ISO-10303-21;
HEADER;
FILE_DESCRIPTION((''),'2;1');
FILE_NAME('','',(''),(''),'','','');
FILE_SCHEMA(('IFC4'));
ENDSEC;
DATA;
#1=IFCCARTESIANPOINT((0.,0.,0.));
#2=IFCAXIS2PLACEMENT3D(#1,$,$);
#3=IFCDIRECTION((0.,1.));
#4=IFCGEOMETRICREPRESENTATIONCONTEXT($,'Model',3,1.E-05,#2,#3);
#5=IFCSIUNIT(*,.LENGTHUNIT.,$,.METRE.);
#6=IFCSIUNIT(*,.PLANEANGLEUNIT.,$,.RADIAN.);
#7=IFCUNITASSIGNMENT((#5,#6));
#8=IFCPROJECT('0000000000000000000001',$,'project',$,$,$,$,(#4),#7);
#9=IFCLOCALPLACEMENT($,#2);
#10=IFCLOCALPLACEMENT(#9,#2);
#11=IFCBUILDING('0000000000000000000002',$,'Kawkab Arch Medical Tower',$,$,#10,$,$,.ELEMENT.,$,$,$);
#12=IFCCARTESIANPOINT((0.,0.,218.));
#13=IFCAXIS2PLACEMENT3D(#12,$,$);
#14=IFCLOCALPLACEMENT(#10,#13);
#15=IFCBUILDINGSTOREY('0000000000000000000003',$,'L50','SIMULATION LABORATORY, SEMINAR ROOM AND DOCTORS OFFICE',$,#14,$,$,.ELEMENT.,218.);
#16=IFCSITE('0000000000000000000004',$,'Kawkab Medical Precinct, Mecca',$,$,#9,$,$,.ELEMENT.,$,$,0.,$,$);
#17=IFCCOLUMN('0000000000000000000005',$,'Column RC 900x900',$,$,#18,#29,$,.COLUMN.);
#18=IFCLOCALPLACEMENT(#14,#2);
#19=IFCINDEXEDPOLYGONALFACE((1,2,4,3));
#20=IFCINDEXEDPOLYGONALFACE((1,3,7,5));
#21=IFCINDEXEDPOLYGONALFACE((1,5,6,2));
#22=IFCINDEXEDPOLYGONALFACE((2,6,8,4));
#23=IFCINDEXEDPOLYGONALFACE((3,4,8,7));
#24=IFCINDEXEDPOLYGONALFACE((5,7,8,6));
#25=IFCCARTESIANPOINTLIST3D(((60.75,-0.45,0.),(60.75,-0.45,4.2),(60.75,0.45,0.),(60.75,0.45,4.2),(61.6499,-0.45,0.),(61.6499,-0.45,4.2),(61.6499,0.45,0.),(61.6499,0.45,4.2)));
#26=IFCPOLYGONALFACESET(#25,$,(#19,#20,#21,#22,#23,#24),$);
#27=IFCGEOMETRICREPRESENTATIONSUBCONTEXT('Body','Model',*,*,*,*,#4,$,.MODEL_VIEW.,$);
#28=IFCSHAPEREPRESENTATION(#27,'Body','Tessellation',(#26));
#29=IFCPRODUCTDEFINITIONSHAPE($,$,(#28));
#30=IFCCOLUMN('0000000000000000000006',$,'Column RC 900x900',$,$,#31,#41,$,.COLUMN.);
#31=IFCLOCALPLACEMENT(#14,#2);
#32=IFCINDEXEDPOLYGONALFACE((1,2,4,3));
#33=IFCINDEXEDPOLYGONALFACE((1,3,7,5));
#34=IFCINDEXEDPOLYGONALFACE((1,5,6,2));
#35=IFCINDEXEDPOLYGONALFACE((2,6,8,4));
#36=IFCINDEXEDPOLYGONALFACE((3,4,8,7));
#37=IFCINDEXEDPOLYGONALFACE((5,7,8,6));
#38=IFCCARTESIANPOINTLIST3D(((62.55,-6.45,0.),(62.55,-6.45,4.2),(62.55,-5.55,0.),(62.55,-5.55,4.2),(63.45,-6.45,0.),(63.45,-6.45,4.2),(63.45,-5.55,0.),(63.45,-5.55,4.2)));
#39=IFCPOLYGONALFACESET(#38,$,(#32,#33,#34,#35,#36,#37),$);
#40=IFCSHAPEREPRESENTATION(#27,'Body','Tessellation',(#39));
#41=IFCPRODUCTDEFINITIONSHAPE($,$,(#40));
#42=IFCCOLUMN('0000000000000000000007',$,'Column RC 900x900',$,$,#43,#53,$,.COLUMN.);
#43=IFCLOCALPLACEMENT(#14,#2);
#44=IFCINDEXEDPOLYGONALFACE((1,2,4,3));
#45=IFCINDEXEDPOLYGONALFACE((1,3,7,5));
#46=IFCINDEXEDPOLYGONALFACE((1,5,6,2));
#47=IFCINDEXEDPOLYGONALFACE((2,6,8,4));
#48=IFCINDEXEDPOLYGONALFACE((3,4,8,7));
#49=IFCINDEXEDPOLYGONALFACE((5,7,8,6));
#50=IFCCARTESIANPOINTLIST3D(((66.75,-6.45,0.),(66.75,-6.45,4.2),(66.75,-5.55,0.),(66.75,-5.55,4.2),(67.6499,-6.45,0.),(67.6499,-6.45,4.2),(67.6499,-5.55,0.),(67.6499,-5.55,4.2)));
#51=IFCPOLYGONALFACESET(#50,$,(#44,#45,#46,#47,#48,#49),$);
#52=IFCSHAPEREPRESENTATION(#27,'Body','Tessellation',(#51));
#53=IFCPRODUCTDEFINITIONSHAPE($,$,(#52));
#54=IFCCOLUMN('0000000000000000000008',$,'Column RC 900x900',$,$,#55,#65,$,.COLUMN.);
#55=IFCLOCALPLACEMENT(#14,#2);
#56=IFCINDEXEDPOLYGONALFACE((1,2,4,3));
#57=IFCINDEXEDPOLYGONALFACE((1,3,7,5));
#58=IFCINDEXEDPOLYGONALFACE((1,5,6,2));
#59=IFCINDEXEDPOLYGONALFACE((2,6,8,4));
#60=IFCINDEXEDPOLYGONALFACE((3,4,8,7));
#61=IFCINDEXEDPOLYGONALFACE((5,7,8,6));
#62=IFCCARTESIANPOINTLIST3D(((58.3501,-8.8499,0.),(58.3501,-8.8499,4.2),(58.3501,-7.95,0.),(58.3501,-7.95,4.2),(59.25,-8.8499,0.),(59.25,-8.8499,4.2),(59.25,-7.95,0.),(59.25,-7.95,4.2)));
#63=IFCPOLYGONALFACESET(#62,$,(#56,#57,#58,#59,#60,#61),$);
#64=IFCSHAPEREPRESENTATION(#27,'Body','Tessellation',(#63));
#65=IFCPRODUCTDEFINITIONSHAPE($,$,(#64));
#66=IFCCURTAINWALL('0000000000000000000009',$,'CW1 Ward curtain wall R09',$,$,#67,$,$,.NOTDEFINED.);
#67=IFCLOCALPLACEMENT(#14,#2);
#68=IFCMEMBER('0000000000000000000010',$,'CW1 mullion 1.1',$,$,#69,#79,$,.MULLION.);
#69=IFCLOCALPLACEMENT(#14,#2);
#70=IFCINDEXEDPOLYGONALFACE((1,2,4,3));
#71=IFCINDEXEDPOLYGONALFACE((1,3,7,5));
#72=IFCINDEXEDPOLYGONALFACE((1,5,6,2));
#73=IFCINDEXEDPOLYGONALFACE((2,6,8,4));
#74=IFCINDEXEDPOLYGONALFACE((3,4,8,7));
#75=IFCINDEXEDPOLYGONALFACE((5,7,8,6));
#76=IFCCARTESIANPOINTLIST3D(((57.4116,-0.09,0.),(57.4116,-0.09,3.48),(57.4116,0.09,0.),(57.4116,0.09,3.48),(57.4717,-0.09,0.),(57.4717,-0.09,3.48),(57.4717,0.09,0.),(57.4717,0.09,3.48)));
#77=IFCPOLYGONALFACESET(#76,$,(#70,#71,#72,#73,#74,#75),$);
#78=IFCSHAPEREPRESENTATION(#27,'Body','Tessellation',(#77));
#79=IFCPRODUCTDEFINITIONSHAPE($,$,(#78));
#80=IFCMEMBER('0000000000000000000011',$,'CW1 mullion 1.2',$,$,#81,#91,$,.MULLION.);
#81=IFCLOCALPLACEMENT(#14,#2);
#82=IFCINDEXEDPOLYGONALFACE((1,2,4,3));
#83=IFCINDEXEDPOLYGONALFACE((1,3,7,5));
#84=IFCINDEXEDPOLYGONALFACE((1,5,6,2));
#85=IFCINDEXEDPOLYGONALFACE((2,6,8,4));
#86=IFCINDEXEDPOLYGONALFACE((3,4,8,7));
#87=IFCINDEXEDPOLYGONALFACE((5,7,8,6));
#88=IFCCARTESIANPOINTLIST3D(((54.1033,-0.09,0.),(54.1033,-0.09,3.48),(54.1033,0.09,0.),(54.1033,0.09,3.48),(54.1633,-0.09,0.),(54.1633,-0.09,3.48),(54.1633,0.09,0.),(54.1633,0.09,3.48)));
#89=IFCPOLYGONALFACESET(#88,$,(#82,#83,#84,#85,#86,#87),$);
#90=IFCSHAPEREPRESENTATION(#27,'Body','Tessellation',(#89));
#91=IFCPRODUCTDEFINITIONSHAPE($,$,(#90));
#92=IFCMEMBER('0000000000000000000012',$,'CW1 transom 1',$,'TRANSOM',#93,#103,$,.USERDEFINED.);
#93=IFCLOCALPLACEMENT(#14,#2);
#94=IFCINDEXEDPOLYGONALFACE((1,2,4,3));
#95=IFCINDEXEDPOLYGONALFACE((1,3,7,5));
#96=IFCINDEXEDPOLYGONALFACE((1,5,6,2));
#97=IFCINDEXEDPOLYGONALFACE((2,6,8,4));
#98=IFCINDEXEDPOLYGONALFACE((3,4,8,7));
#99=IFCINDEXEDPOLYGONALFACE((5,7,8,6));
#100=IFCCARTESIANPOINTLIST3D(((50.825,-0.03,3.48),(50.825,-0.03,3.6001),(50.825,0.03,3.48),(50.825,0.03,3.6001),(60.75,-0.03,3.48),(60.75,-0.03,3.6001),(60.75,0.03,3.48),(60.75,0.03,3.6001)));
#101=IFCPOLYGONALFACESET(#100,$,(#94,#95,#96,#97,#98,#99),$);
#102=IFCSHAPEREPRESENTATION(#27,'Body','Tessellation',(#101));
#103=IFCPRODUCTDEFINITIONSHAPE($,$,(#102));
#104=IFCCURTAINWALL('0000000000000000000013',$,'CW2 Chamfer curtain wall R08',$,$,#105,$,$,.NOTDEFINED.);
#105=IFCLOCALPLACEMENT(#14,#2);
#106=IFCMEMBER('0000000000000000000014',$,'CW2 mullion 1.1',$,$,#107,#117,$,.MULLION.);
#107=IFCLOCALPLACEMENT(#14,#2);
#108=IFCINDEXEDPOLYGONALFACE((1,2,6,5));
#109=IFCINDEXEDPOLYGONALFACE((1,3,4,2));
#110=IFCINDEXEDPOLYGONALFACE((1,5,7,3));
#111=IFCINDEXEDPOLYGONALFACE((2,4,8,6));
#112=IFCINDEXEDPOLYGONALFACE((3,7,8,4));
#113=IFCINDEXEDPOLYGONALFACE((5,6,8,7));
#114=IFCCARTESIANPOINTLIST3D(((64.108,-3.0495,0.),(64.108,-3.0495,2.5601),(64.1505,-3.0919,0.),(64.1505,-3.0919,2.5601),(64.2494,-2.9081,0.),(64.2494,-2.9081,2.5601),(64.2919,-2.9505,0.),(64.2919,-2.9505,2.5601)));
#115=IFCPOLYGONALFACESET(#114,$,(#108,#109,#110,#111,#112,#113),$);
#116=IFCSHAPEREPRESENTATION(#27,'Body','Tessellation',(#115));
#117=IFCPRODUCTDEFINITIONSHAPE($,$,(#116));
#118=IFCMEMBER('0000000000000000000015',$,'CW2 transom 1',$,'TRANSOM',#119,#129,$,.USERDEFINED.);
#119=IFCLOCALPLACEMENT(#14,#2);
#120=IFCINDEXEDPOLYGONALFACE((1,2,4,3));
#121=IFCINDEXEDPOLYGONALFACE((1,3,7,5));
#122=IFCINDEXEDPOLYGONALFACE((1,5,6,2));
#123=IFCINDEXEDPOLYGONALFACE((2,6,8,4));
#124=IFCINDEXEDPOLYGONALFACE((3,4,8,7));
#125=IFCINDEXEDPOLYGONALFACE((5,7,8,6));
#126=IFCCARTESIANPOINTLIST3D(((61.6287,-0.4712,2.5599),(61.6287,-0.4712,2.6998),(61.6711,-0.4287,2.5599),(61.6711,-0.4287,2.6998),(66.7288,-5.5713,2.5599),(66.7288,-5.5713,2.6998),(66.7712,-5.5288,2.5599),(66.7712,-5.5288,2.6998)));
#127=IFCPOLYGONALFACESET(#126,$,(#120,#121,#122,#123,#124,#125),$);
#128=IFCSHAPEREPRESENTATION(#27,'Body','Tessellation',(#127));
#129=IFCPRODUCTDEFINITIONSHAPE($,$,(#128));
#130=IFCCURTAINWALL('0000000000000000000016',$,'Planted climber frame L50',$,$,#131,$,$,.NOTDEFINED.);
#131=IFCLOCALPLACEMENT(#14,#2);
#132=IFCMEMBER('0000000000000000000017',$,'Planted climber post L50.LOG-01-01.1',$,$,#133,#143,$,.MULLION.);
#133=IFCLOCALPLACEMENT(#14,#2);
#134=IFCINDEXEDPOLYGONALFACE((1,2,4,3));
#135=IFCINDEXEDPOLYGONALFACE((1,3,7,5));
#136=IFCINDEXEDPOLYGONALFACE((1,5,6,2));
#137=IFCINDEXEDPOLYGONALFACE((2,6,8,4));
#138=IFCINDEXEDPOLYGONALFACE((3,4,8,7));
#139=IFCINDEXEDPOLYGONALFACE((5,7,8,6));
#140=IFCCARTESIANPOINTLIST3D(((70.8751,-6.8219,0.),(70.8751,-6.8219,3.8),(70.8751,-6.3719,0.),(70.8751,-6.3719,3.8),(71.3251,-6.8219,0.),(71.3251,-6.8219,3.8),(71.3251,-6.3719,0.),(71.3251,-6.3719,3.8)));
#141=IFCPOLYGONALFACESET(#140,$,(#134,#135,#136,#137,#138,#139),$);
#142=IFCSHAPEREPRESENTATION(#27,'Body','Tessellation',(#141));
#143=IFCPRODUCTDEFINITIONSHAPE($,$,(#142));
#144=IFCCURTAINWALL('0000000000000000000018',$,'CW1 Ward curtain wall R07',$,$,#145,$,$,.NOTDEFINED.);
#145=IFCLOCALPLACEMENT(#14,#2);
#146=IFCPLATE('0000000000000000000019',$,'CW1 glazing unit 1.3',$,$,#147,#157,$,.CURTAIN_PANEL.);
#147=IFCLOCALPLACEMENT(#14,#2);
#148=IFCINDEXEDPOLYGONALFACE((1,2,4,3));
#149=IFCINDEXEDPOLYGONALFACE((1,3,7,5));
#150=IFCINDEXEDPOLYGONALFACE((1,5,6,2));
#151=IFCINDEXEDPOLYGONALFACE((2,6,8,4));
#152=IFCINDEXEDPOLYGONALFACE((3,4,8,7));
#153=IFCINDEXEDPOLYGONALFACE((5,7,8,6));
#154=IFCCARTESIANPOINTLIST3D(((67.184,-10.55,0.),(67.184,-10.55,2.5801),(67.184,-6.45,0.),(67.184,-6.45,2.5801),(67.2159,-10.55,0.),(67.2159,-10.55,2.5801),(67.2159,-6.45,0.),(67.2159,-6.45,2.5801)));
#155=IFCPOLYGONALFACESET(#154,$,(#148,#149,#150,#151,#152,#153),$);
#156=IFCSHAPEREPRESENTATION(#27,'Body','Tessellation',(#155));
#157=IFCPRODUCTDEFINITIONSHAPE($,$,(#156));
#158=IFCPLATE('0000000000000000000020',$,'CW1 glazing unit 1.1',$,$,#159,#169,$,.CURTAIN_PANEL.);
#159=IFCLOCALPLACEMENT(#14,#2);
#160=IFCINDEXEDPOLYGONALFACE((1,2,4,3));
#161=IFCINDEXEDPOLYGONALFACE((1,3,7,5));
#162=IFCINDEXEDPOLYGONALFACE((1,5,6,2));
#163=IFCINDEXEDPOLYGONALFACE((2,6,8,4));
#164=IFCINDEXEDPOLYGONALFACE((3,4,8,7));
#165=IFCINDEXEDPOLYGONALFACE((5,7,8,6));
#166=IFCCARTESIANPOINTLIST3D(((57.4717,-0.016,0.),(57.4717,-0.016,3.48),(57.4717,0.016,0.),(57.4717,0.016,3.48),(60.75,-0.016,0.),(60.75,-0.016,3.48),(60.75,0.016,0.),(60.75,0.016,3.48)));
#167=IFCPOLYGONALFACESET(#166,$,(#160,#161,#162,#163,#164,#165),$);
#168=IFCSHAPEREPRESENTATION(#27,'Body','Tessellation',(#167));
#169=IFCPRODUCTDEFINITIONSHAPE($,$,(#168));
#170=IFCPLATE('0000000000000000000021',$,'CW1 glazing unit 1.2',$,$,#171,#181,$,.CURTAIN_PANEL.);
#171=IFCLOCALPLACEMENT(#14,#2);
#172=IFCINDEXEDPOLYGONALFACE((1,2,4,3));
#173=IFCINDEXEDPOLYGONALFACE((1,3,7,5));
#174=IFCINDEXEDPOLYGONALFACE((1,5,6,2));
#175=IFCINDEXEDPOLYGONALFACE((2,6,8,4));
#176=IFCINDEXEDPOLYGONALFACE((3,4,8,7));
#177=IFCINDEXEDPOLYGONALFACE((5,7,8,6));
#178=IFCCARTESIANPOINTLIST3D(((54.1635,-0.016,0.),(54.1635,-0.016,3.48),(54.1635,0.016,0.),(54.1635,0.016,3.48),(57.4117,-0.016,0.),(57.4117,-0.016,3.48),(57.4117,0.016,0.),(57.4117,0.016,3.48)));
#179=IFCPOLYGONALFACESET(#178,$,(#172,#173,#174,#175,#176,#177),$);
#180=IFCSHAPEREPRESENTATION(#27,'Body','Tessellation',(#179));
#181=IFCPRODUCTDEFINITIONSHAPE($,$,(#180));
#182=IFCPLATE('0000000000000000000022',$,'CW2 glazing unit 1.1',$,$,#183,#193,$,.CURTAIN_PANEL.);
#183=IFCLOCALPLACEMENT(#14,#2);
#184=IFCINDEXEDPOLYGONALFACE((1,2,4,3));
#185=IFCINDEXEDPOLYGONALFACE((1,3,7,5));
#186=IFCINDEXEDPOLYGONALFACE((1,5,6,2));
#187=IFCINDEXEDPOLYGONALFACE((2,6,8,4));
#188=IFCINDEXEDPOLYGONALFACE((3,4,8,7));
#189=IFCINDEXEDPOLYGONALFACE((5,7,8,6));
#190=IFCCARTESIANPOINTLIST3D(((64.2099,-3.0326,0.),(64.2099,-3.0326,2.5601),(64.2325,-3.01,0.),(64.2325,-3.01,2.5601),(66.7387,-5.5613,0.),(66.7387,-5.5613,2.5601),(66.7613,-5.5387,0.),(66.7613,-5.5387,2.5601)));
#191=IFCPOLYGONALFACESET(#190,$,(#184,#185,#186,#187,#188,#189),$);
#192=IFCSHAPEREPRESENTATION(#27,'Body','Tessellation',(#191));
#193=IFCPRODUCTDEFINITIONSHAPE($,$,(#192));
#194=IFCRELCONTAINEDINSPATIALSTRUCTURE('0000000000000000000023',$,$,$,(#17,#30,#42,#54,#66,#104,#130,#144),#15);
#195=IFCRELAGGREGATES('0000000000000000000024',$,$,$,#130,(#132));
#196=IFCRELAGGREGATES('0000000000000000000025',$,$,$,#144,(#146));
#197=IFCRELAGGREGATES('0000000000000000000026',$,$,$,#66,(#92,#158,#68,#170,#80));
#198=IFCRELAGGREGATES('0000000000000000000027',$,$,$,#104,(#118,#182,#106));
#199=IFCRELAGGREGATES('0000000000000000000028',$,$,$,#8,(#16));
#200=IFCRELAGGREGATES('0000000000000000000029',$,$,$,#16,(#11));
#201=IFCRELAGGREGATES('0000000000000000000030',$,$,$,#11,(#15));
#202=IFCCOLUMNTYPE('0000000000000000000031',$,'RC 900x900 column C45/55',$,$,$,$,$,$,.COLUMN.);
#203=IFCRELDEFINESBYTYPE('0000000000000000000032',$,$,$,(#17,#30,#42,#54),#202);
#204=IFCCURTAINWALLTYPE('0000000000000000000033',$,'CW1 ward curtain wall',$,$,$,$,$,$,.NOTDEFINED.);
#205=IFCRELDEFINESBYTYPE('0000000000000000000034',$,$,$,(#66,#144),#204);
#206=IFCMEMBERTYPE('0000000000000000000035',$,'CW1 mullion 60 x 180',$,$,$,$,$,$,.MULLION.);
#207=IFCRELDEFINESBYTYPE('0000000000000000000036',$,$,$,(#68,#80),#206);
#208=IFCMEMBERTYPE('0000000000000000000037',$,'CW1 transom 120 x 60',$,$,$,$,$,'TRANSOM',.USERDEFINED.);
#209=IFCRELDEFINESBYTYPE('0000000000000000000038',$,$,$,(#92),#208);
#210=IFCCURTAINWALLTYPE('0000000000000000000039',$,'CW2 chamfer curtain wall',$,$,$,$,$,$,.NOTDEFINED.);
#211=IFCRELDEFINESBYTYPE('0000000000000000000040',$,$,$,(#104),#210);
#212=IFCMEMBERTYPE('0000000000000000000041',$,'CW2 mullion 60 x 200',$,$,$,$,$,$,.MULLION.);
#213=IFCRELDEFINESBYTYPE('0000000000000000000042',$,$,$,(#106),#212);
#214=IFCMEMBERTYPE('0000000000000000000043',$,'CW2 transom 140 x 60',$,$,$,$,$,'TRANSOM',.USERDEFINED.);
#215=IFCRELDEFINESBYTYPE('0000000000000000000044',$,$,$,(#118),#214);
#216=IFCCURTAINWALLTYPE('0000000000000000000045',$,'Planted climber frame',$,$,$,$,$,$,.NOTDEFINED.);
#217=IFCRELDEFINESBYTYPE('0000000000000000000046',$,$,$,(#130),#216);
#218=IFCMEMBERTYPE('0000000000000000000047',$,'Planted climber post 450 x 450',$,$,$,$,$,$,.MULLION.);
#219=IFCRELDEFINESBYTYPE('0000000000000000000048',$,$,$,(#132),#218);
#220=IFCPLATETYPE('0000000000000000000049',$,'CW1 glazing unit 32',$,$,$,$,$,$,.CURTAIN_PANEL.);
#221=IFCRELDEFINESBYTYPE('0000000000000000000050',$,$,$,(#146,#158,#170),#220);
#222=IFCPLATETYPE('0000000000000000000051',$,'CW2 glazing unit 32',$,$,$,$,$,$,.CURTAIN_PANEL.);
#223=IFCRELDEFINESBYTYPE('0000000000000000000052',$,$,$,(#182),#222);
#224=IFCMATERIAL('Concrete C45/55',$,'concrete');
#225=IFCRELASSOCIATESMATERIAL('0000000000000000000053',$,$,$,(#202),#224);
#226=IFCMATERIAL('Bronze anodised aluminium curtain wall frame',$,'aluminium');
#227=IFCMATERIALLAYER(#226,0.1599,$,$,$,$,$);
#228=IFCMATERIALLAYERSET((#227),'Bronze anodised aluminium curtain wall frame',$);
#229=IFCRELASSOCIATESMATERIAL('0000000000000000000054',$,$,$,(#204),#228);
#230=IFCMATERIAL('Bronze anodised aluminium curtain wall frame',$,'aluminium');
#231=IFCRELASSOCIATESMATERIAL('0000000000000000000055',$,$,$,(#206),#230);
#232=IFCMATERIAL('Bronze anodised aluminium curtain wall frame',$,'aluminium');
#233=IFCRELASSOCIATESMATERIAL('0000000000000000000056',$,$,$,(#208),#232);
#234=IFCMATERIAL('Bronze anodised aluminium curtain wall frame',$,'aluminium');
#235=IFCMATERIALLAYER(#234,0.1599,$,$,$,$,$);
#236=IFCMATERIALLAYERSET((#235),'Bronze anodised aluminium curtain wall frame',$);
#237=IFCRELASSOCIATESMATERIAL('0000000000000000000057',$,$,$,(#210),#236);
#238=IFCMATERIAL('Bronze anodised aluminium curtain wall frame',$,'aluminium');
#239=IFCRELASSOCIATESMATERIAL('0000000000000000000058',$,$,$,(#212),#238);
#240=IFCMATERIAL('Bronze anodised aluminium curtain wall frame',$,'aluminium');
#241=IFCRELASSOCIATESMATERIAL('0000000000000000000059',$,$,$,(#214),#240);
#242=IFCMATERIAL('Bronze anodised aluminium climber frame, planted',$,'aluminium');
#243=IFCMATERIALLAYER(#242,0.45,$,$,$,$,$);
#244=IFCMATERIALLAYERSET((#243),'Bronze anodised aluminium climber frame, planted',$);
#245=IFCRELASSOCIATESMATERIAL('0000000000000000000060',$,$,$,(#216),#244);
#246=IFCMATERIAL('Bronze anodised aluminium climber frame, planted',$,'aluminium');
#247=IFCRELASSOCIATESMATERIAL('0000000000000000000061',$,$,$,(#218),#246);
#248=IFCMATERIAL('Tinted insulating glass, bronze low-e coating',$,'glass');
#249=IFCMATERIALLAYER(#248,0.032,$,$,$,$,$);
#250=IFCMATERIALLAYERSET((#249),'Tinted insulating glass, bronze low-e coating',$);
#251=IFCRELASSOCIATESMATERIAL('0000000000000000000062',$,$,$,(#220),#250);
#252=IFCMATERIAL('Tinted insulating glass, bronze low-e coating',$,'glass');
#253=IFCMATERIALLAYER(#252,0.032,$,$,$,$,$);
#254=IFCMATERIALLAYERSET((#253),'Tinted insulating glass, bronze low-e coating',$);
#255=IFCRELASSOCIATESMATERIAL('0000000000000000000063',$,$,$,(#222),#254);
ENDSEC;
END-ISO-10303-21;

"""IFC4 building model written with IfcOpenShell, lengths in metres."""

from ifc_helpers import new_model, si_unit, direction, frame, origin, origin_2d, place, context, subcontext, project, spatial, rectangle, extrude, material, layer, layer_set, material_profile, profile_set, type_object, element, aggregate, save


model = new_model("IFC4")

# Units and contexts
model_context = context("Model", 3, precision=1e-05, world=origin(), true_north=direction((0.0, 1.0)))
body_context = subcontext(model_context, "Body", "Model", "MODEL_VIEW")
ifc_project = project(units=[si_unit("LENGTHUNIT", "METRE"), si_unit("PLANEANGLEUNIT", "RADIAN")], contexts=[model_context])

# Site, building, storey
site_placement = place(None, origin())
site = spatial("IfcSite", under=ifc_project, at=site_placement, Name="Kawkab Medical Precinct, Mecca", CompositionType="ELEMENT", RefElevation=0.0)
building_placement = place(site_placement, origin())
building = spatial("IfcBuilding", under=site, at=building_placement, Name="Kawkab Arch Medical Tower", CompositionType="ELEMENT")
storey_placement = place(building_placement, frame((0.0, 0.0, 218.0)))
storey = spatial("IfcBuildingStorey", under=building, at=storey_placement, Name="L50", Description="SIMULATION LABORATORY, SEMINAR ROOM AND DOCTORS OFFICE", CompositionType="ELEMENT", Elevation=218.0)

# Columns
ifc_material_1 = material(Name="Concrete C45/55", Category="concrete")
ifc_material_profile_1 = material_profile(ifc_material_1, rectangle(XDim=0.8999, YDim=0.8999, at=origin_2d()), Name="RC 900x900")
ifc_profile_set_1 = profile_set([ifc_material_profile_1], Name="Concrete C45/55")
column_type = type_object("IfcColumnType", Name="RC 900x900 column C45/55", PredefinedType="COLUMN", material=ifc_profile_set_1)
for number, where, z_axis, x_axis, name in (
    (1, (61.2, 0.0, 0.0), (0.0, 0.0, 1.0), (1.0, 0.0, 0.0), "Column RC 900x900"),
    (2, (63.0, -6.0, 0.0), (0.0, 0.0, 1.0), (1.0, 0.0, 0.0), "Column RC 900x900"),
    (3, (67.2, -6.0, 0.0), (0.0, 0.0, 1.0), (1.0, 0.0, 0.0), "Column RC 900x900"),
    (4, (58.8, -8.3999, 0.0), (0.0, 0.0, 1.0), (1.0, 0.0, 0.0), "Column RC 900x900"),
):
    element("IfcColumn", number, at=place(storey_placement, frame(where, z_axis=z_axis, x_axis=x_axis)), inside=storey, type_object=column_type, Name=name, PredefinedType="COLUMN", context=body_context, shape_type="SweptSolid", body=[
        extrude(rectangle(XDim=0.8999, YDim=0.8999, at=origin_2d()), origin(), (0.0, 0.0, 1.0), 4.2),
    ])

# Curtain walls, members
ifc_material_2 = material(Name="Bronze anodised aluminium curtain wall frame", Category="aluminium")
ifc_layer_1 = layer(ifc_material_2, 0.1599)
ifc_layer_set_1 = layer_set([ifc_layer_1], Name="Bronze anodised aluminium curtain wall frame")
curtain_wall_type_1 = type_object("IfcCurtainWallType", Name="CW1 ward curtain wall", PredefinedType="NOTDEFINED", material=ifc_layer_set_1)
placement = place(storey_placement, origin())
curtain_wall_1 = element("IfcCurtainWall", 5, at=placement, inside=storey, type_object=curtain_wall_type_1, Name="CW1 Ward curtain wall R09", PredefinedType="NOTDEFINED")
ifc_material_3 = material(Name="Bronze anodised aluminium curtain wall frame", Category="aluminium")
ifc_material_profile_2 = material_profile(ifc_material_3, rectangle(XDim=0.1799, YDim=0.0601, at=origin_2d()), Name="AL 60x180")
ifc_profile_set_2 = profile_set([ifc_material_profile_2], Name="Bronze anodised aluminium curtain wall frame")
member_type_1 = type_object("IfcMemberType", Name="CW1 mullion 60 x 180", PredefinedType="MULLION", material=ifc_profile_set_2)
member_1_placement = place(storey_placement, frame((57.4417, 0.0, 0.0), z_axis=(0.0, 0.0, 1.0), x_axis=(0.0, -1.0, 0.0)))
member_1 = element("IfcMember", 6, at=member_1_placement, type_object=member_type_1, Name="CW1 mullion 1.1", PredefinedType="MULLION", context=body_context, shape_type="SweptSolid", body=[
    extrude(rectangle(XDim=0.1799, YDim=0.0601, at=origin_2d()), origin(), (0.0, 0.0, 1.0), 3.48),
])
member_2_placement = place(storey_placement, frame((54.1333, 0.0, 0.0), z_axis=(0.0, 0.0, 1.0), x_axis=(0.0, -1.0, 0.0)))
member_2 = element("IfcMember", 7, at=member_2_placement, type_object=member_type_1, Name="CW1 mullion 1.2", PredefinedType="MULLION", context=body_context, shape_type="SweptSolid", body=[
    extrude(rectangle(XDim=0.1799, YDim=0.0601, at=origin_2d()), origin(), (0.0, 0.0, 1.0), 3.48),
])
ifc_material_4 = material(Name="Bronze anodised aluminium curtain wall frame", Category="aluminium")
ifc_material_profile_3 = material_profile(ifc_material_4, rectangle(XDim=0.0601, YDim=0.1201, at=origin_2d()), Name="AL 60x120")
ifc_profile_set_3 = profile_set([ifc_material_profile_3], Name="Bronze anodised aluminium curtain wall frame")
member_type_2 = type_object("IfcMemberType", Name="CW1 transom 120 x 60", ElementType="TRANSOM", PredefinedType="USERDEFINED", material=ifc_profile_set_3)
member_3_placement = place(storey_placement, frame((60.75, 0.0, 3.54), z_axis=(-1.0, 0.0, 0.0), x_axis=(0.0, -1.0, 0.0)))
member_3 = element("IfcMember", 8, at=member_3_placement, type_object=member_type_2, Name="CW1 transom 1", ObjectType="TRANSOM", PredefinedType="USERDEFINED", context=body_context, shape_type="SweptSolid", body=[
    extrude(rectangle(XDim=0.0601, YDim=0.1201, at=origin_2d()), origin(), (0.0, 0.0, 1.0), 9.925),
])
ifc_material_5 = material(Name="Bronze anodised aluminium curtain wall frame", Category="aluminium")
ifc_layer_2 = layer(ifc_material_5, 0.1599)
ifc_layer_set_2 = layer_set([ifc_layer_2], Name="Bronze anodised aluminium curtain wall frame")
curtain_wall_type_2 = type_object("IfcCurtainWallType", Name="CW2 chamfer curtain wall", PredefinedType="NOTDEFINED", material=ifc_layer_set_2)
curtain_wall_2 = element("IfcCurtainWall", 9, at=placement, inside=storey, type_object=curtain_wall_type_2, Name="CW2 Chamfer curtain wall R08", PredefinedType="NOTDEFINED")
ifc_material_6 = material(Name="Bronze anodised aluminium curtain wall frame", Category="aluminium")
ifc_material_profile_4 = material_profile(ifc_material_6, rectangle(XDim=0.2, YDim=0.0601, at=origin_2d()), Name="AL 60x200")
ifc_profile_set_4 = profile_set([ifc_material_profile_4], Name="Bronze anodised aluminium curtain wall frame")
member_type_3 = type_object("IfcMemberType", Name="CW2 mullion 60 x 200", PredefinedType="MULLION", material=ifc_profile_set_4)
member_4_placement = place(storey_placement, frame((64.2, -3.0, 0.0), z_axis=(0.0, 0.0, 1.0), x_axis=(-0.707107, -0.707107, 0.0)))
member_4 = element("IfcMember", 10, at=member_4_placement, type_object=member_type_3, Name="CW2 mullion 1.1", PredefinedType="MULLION", context=body_context, shape_type="SweptSolid", body=[
    extrude(rectangle(XDim=0.2, YDim=0.0601, at=origin_2d()), origin(), (0.0, 0.0, 1.0), 2.5601),
])
ifc_material_7 = material(Name="Bronze anodised aluminium curtain wall frame", Category="aluminium")
ifc_material_profile_5 = material_profile(ifc_material_7, rectangle(XDim=0.0601, YDim=0.1399, at=origin_2d()), Name="AL 60x140")
ifc_profile_set_5 = profile_set([ifc_material_profile_5], Name="Bronze anodised aluminium curtain wall frame")
member_type_4 = type_object("IfcMemberType", Name="CW2 transom 140 x 60", ElementType="TRANSOM", PredefinedType="USERDEFINED", material=ifc_profile_set_5)
member_5_placement = place(storey_placement, frame((66.75, -5.55, 2.6299), z_axis=(-0.707107, 0.707107, 0.0), x_axis=(-0.707107, -0.707107, 0.0)))
member_5 = element("IfcMember", 11, at=member_5_placement, type_object=member_type_4, Name="CW2 transom 1", ObjectType="TRANSOM", PredefinedType="USERDEFINED", context=body_context, shape_type="SweptSolid", body=[
    extrude(rectangle(XDim=0.0601, YDim=0.1399, at=origin_2d()), origin(), (0.0, 0.0, 1.0), 7.2126),
])

# Curtain wall, member
ifc_material_8 = material(Name="Bronze anodised aluminium climber frame, planted", Category="aluminium")
ifc_layer_3 = layer(ifc_material_8, 0.45)
ifc_layer_set_3 = layer_set([ifc_layer_3], Name="Bronze anodised aluminium climber frame, planted")
curtain_wall_type_3 = type_object("IfcCurtainWallType", Name="Planted climber frame", PredefinedType="NOTDEFINED", material=ifc_layer_set_3)
curtain_wall_3 = element("IfcCurtainWall", 12, at=placement, inside=storey, type_object=curtain_wall_type_3, Name="Planted climber frame L50", PredefinedType="NOTDEFINED")
ifc_material_9 = material(Name="Bronze anodised aluminium climber frame, planted", Category="aluminium")
ifc_material_profile_6 = material_profile(ifc_material_9, rectangle(XDim=0.45, YDim=0.45, at=origin_2d()), Name="Post 450x450")
ifc_profile_set_6 = profile_set([ifc_material_profile_6], Name="Bronze anodised aluminium climber frame, planted")
member_type_5 = type_object("IfcMemberType", Name="Planted climber post 450 x 450", PredefinedType="MULLION", material=ifc_profile_set_6)
member_6_placement = place(storey_placement, frame((71.1001, -6.5969, 0.0), z_axis=(0.0, 0.0, 1.0), x_axis=(1.0, 0.0, 0.0)))
member_6 = element("IfcMember", 13, at=member_6_placement, type_object=member_type_5, Name="Planted climber post L50.LOG-01-01.1", PredefinedType="MULLION", context=body_context, shape_type="SweptSolid", body=[
    extrude(rectangle(XDim=0.45, YDim=0.45, at=origin_2d()), origin(), (0.0, 0.0, 1.0), 3.8),
])
aggregate(curtain_wall_3, [member_6])

# Curtain wall, plate
curtain_wall_4 = element("IfcCurtainWall", 14, at=placement, inside=storey, type_object=curtain_wall_type_1, Name="CW1 Ward curtain wall R07", PredefinedType="NOTDEFINED")
ifc_material_10 = material(Name="Tinted insulating glass, bronze low-e coating", Category="glass")
ifc_layer_4 = layer(ifc_material_10, 0.032)
ifc_layer_set_4 = layer_set([ifc_layer_4], Name="Tinted insulating glass, bronze low-e coating")
plate_type_1 = type_object("IfcPlateType", Name="CW1 glazing unit 32", PredefinedType="CURTAIN_PANEL", material=ifc_layer_set_4)
plate_1_placement = place(storey_placement, frame((67.2, -8.5, 0.0), z_axis=(0.0, 0.0, 1.0), x_axis=(0.0, 1.0, 0.0)))
plate_1 = element("IfcPlate", 15, at=plate_1_placement, type_object=plate_type_1, Name="CW1 glazing unit 1.3", PredefinedType="CURTAIN_PANEL", context=body_context, shape_type="SweptSolid", body=[
    extrude(rectangle(XDim=4.1001, YDim=0.032, at=origin_2d()), origin(), (0.0, 0.0, 1.0), 2.5801),
])
aggregate(curtain_wall_4, [plate_1])

# Plates
plate_2_placement = place(storey_placement, frame((59.1108, 0.0, 0.0), z_axis=(0.0, 0.0, 1.0), x_axis=(-1.0, 0.0, 0.0)))
plate_2 = element("IfcPlate", 16, at=plate_2_placement, type_object=plate_type_1, Name="CW1 glazing unit 1.1", PredefinedType="CURTAIN_PANEL", context=body_context, shape_type="SweptSolid", body=[
    extrude(rectangle(XDim=3.2783, YDim=0.032, at=origin_2d()), origin(), (0.0, 0.0, 1.0), 3.48),
])
plate_3_placement = place(storey_placement, frame((55.7876, 0.0, 0.0), z_axis=(0.0, 0.0, 1.0), x_axis=(-1.0, 0.0, 0.0)))
plate_3 = element("IfcPlate", 17, at=plate_3_placement, type_object=plate_type_1, Name="CW1 glazing unit 1.2", PredefinedType="CURTAIN_PANEL", context=body_context, shape_type="SweptSolid", body=[
    extrude(rectangle(XDim=3.2483, YDim=0.032, at=origin_2d()), origin(), (0.0, 0.0, 1.0), 3.48),
])
aggregate(curtain_wall_1, [member_3, plate_2, member_1, plate_3, member_2])
ifc_material_11 = material(Name="Tinted insulating glass, bronze low-e coating", Category="glass")
ifc_layer_5 = layer(ifc_material_11, 0.032)
ifc_layer_set_5 = layer_set([ifc_layer_5], Name="Tinted insulating glass, bronze low-e coating")
plate_type_2 = type_object("IfcPlateType", Name="CW2 glazing unit 32", PredefinedType="CURTAIN_PANEL", material=ifc_layer_set_5)
plate_4_placement = place(storey_placement, frame((65.4856, -4.2856, 0.0), z_axis=(0.0, 0.0, 1.0), x_axis=(-0.707107, 0.707107, 0.0)))
plate_4 = element("IfcPlate", 18, at=plate_4_placement, type_object=plate_type_2, Name="CW2 glazing unit 1.1", PredefinedType="CURTAIN_PANEL", context=body_context, shape_type="SweptSolid", body=[
    extrude(rectangle(XDim=3.5762, YDim=0.032, at=origin_2d()), origin(), (0.0, 0.0, 1.0), 2.5601),
])
aggregate(curtain_wall_2, [member_5, plate_4, member_4])

save(model, "model.ifc")
